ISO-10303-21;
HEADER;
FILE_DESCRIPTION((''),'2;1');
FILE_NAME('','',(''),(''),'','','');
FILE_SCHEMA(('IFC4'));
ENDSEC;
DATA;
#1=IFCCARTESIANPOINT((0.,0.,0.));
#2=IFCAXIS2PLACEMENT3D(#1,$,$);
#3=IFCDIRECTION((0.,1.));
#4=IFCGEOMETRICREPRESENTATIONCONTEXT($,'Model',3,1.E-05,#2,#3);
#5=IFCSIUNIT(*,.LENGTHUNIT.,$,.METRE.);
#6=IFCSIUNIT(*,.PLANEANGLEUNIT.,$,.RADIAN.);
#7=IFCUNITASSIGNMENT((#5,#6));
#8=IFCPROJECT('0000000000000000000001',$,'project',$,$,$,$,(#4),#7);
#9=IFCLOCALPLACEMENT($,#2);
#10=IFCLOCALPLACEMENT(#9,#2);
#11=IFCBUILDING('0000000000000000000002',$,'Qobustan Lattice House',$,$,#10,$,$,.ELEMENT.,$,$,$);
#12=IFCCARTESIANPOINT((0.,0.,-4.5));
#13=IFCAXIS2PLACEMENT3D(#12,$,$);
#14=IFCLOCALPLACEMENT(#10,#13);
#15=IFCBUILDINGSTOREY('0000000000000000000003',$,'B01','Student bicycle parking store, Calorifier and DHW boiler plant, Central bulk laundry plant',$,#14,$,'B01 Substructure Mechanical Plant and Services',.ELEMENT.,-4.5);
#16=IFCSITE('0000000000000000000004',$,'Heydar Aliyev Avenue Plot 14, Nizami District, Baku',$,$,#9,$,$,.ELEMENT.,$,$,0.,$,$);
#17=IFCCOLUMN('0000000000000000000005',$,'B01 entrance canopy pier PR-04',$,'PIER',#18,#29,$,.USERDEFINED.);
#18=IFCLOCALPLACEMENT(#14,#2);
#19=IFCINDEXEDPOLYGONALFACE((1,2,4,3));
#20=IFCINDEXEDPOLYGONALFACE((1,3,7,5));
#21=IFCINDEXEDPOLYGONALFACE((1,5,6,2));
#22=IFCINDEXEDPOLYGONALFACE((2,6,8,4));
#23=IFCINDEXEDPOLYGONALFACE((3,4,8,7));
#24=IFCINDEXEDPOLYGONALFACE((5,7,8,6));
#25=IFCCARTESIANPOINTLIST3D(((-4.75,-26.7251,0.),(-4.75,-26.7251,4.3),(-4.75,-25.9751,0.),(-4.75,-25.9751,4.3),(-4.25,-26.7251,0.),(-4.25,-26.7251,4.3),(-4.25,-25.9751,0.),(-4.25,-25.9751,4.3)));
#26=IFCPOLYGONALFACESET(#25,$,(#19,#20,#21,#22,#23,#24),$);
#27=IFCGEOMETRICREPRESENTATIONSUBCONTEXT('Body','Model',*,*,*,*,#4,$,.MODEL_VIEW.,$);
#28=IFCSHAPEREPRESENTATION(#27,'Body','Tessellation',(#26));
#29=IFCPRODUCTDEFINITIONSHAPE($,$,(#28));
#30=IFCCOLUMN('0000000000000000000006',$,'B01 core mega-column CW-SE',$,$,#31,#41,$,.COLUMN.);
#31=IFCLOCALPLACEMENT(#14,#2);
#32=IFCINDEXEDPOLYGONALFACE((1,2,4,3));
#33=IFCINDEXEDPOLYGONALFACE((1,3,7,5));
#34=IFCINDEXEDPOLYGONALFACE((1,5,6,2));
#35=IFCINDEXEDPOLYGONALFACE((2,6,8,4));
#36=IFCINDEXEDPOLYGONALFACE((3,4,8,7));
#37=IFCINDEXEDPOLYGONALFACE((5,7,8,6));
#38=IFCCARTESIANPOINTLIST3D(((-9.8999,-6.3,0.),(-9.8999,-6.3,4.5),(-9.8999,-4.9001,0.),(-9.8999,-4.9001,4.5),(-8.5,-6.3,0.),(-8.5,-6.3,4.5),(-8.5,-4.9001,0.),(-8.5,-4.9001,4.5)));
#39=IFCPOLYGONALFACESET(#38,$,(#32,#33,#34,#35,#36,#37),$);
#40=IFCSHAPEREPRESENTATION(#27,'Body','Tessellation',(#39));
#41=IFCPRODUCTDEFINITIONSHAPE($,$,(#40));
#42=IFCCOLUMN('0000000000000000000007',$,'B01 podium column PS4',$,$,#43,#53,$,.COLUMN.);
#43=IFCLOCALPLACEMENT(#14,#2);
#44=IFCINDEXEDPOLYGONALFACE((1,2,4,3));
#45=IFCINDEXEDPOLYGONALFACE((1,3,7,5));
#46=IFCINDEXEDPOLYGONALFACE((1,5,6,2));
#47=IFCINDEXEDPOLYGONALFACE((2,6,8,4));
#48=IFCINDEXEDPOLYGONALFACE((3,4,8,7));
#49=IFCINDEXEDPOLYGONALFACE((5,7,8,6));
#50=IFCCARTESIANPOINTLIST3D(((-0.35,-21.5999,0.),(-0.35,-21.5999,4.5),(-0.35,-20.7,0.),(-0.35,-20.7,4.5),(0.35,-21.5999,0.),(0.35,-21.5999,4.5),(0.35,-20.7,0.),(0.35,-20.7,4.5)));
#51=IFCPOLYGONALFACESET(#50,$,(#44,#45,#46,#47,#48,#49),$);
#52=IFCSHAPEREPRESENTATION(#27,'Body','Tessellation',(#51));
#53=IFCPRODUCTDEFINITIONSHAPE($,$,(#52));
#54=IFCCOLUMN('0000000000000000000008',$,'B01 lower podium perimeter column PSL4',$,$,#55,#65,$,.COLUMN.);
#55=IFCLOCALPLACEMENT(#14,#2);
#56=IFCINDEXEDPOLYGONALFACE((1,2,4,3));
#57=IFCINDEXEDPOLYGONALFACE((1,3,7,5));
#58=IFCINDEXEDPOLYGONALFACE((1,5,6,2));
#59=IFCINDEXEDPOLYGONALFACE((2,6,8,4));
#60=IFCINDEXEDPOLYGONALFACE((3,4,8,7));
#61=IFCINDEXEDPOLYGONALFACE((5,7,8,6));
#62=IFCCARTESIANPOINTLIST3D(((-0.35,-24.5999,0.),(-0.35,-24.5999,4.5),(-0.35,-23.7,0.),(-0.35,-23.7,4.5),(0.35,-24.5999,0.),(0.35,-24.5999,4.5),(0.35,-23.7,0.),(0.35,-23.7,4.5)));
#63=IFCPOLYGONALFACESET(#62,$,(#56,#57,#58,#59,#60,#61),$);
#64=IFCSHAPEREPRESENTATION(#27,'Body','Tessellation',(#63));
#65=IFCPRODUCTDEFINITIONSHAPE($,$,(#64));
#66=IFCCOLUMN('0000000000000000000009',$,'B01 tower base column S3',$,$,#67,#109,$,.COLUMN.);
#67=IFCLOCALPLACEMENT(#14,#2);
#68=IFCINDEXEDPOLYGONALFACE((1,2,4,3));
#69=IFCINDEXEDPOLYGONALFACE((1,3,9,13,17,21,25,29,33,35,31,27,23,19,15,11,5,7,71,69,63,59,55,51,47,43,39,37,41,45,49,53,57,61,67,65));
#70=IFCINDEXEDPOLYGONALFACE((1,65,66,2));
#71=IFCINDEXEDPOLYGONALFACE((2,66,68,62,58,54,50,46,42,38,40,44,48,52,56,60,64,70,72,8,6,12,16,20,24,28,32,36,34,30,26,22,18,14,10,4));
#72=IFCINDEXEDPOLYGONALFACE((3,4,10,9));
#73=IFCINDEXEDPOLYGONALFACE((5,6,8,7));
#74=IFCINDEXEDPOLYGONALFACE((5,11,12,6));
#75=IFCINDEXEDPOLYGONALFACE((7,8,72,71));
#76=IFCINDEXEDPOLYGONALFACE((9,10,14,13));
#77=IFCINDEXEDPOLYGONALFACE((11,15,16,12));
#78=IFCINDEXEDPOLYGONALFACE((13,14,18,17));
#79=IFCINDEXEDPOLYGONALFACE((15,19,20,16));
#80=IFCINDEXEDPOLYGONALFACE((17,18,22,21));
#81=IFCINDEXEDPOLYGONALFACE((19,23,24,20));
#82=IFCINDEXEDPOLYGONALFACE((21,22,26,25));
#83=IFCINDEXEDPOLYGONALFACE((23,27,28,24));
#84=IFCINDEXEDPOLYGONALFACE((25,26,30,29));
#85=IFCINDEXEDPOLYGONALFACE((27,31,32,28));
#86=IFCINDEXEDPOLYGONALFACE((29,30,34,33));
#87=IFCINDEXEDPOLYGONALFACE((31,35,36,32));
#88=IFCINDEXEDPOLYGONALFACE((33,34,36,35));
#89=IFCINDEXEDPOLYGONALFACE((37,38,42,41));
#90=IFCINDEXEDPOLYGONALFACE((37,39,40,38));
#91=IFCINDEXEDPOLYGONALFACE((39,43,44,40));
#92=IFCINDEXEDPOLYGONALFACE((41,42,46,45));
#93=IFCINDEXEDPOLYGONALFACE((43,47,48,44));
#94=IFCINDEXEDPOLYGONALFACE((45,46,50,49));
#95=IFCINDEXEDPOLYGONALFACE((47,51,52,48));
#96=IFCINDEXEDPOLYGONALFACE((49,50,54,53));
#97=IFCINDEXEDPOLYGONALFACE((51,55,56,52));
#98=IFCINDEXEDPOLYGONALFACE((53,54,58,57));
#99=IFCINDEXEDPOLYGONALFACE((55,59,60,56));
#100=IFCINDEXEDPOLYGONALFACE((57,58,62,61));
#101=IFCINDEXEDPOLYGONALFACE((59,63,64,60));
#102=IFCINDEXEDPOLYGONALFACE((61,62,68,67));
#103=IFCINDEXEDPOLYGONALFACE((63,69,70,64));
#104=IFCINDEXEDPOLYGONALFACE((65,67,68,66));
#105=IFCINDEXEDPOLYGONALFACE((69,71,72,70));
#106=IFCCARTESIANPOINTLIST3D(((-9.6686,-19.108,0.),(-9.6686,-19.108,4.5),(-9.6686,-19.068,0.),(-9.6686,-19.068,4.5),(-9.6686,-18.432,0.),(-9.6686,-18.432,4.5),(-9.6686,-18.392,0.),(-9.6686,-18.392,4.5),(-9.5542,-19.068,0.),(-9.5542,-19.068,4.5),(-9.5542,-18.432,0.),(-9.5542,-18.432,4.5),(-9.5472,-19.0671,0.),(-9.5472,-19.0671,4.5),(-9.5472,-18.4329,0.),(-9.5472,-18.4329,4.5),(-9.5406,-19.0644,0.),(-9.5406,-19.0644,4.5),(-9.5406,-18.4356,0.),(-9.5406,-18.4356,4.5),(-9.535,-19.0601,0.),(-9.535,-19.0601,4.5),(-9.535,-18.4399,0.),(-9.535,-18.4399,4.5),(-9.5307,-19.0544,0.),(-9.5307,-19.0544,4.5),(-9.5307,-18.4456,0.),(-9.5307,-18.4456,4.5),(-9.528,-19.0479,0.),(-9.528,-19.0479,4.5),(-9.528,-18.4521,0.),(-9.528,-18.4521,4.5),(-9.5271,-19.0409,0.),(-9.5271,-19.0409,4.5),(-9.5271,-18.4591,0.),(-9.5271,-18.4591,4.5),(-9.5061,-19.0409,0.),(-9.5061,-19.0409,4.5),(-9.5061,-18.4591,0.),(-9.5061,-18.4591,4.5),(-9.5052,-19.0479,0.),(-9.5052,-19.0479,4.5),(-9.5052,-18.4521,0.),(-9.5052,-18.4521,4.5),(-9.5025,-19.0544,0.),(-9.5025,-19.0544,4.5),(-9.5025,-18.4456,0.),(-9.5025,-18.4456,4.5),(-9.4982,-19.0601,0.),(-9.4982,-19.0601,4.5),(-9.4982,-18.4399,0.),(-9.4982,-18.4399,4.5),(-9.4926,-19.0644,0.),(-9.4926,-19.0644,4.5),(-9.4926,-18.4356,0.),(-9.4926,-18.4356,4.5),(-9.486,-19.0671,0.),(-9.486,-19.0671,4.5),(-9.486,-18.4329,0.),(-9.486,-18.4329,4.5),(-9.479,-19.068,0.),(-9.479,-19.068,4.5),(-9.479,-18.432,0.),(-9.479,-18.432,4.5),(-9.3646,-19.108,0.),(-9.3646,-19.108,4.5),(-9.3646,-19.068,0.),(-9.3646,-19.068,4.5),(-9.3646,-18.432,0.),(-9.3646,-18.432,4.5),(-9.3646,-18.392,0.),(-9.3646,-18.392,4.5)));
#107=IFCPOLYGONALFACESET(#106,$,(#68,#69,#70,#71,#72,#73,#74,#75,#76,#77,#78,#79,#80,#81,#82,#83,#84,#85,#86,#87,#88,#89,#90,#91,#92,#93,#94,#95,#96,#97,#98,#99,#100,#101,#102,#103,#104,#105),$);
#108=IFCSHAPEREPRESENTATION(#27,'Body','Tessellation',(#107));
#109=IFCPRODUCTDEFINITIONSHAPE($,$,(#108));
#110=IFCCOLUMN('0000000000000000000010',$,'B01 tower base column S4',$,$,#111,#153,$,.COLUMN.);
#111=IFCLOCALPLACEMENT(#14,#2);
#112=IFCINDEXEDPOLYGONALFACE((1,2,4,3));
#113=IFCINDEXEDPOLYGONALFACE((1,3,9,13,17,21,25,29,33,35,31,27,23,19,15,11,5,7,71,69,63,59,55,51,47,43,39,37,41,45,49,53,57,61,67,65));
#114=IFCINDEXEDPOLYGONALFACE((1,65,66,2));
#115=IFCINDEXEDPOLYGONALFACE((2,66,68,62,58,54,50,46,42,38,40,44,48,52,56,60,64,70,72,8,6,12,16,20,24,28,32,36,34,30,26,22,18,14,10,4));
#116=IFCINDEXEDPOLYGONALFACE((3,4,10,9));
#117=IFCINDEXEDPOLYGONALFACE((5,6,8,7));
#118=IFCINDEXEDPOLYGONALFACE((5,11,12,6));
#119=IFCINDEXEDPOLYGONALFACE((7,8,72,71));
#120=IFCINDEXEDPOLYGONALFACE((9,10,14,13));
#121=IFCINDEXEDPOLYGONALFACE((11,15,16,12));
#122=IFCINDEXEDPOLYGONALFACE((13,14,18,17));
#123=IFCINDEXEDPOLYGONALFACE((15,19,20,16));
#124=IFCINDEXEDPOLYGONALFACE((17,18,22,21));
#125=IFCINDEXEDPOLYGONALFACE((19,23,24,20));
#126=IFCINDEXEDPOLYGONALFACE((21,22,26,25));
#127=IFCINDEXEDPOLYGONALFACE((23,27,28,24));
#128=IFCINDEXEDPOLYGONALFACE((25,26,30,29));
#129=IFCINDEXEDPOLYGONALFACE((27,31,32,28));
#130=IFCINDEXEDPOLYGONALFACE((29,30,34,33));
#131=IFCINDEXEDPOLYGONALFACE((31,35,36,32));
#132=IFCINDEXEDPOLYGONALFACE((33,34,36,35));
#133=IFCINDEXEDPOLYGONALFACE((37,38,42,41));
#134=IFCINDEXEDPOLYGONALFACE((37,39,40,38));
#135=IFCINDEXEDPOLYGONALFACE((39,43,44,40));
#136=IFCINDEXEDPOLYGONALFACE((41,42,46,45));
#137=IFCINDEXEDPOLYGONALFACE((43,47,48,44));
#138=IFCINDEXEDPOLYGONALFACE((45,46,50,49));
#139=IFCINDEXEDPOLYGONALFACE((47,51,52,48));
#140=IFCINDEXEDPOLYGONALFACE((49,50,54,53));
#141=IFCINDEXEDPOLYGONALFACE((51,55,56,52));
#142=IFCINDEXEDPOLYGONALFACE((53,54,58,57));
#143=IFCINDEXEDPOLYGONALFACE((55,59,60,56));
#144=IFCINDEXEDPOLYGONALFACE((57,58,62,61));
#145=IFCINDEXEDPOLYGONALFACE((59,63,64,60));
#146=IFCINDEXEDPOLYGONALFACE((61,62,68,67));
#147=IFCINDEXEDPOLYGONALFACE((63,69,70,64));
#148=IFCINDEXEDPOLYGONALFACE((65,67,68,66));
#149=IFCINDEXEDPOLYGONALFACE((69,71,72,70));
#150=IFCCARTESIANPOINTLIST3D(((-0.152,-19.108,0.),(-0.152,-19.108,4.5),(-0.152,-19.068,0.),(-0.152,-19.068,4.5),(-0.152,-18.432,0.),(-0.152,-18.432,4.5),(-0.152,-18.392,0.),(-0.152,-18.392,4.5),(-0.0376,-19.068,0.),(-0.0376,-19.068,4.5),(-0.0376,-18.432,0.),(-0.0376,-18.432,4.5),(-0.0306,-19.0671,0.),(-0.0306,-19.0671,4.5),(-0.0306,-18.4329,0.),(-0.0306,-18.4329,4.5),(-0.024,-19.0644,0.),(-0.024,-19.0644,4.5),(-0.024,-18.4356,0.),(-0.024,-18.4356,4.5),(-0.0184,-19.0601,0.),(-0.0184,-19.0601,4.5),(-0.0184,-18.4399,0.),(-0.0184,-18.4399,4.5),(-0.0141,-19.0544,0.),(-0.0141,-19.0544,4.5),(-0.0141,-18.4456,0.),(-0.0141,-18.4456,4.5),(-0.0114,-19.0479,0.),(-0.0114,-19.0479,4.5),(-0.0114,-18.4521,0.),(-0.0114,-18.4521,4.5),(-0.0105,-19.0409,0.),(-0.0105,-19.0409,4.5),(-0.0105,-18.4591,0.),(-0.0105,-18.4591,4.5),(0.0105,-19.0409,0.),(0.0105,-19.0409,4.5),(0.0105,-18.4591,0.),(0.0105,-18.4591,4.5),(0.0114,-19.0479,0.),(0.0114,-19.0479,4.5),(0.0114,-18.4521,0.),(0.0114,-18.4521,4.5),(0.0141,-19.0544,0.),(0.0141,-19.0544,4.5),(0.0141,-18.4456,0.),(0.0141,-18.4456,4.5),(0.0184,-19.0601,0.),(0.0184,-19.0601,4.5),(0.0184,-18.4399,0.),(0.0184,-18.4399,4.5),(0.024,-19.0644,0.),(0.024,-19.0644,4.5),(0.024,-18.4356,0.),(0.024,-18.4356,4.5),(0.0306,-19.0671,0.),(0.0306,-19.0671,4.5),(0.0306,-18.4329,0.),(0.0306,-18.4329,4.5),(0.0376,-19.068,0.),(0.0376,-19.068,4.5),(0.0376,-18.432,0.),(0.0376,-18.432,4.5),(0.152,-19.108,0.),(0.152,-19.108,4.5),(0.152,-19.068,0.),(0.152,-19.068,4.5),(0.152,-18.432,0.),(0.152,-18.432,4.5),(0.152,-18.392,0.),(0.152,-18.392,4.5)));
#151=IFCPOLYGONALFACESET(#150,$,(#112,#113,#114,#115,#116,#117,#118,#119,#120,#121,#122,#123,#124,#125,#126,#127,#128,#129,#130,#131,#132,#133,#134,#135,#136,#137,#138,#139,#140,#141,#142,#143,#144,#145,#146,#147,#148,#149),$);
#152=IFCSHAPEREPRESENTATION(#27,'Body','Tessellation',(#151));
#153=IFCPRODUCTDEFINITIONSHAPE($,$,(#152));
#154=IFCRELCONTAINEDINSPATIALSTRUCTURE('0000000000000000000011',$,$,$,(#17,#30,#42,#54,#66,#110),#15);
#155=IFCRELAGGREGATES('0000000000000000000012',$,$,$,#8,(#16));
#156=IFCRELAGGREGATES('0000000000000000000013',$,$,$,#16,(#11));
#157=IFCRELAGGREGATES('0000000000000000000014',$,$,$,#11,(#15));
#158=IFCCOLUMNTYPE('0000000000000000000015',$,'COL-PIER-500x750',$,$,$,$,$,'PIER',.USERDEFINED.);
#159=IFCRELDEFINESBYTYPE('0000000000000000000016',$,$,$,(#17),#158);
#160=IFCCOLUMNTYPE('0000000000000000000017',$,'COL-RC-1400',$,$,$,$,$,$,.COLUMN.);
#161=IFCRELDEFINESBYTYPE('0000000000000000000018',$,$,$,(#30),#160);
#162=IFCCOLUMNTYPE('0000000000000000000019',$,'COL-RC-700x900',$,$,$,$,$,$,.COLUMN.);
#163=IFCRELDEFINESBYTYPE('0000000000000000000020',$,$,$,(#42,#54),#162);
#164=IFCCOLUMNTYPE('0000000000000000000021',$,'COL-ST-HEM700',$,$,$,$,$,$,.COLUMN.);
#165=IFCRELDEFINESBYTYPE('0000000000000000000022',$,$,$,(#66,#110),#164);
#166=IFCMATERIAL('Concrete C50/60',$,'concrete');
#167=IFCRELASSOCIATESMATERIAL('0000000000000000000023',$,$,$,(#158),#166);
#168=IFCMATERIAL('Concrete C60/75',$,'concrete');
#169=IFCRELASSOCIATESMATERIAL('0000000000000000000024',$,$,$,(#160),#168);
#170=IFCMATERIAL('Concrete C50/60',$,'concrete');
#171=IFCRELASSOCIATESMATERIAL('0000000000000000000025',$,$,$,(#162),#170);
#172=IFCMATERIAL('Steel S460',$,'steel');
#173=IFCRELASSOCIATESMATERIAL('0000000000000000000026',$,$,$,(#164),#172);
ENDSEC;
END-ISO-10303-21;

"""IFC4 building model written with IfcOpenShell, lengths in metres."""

from ifc_helpers import new_model, si_unit, direction, frame, origin, origin_2d, place, context, subcontext, project, spatial, rectangle, i_section, extrude, material, material_profile, profile_set, type_object, element, save


model = new_model("IFC4")

# Units and contexts
model_context = context("Model", 3, precision=1e-05, world=origin(), true_north=direction((0.0, 1.0)))
body_context = subcontext(model_context, "Body", "Model", "MODEL_VIEW")
ifc_project = project(units=[si_unit("LENGTHUNIT", "METRE"), si_unit("PLANEANGLEUNIT", "RADIAN")], contexts=[model_context])

# Site, building, storey
site_placement = place(None, origin())
site = spatial("IfcSite", under=ifc_project, at=site_placement, Name="Heydar Aliyev Avenue Plot 14, Nizami District, Baku", CompositionType="ELEMENT", RefElevation=0.0)
building_placement = place(site_placement, origin())
building = spatial("IfcBuilding", under=site, at=building_placement, Name="Qobustan Lattice House", CompositionType="ELEMENT")
storey_placement = place(building_placement, frame((0.0, 0.0, -4.5)))
storey = spatial("IfcBuildingStorey", under=building, at=storey_placement, Name="B01", Description="Student bicycle parking store, Calorifier and DHW boiler plant, Central bulk laundry plant", LongName="B01 Substructure Mechanical Plant and Services", CompositionType="ELEMENT", Elevation=-4.5)

# Columns
ifc_material_1 = material(Name="Concrete C50/60", Category="concrete")
ifc_material_profile_1 = material_profile(ifc_material_1, rectangle(XDim=0.5, YDim=0.75, at=origin_2d()), Name="RC500x750")
ifc_profile_set_1 = profile_set([ifc_material_profile_1], Name="Concrete C50/60")
column_type_1 = type_object("IfcColumnType", Name="COL-PIER-500x750", ElementType="PIER", PredefinedType="USERDEFINED", material=ifc_profile_set_1)
column_1_placement = place(storey_placement, frame((-4.5, -26.3501, 0.0), z_axis=(0.0, 0.0, 1.0), x_axis=(1.0, 0.0, 0.0)))
element("IfcColumn", 1, at=column_1_placement, inside=storey, type_object=column_type_1, Name="B01 entrance canopy pier PR-04", ObjectType="PIER", PredefinedType="USERDEFINED", context=body_context, shape_type="SweptSolid", body=[
    extrude(rectangle(XDim=0.5, YDim=0.75, at=origin_2d()), origin(), (0.0, 0.0, 1.0), 4.3),
])
ifc_material_2 = material(Name="Concrete C60/75", Category="concrete")
ifc_material_profile_2 = material_profile(ifc_material_2, rectangle(XDim=1.3999, YDim=1.3999, at=origin_2d()), Name="RC1400x1400")
ifc_profile_set_2 = profile_set([ifc_material_profile_2], Name="Concrete C60/75")
column_type_2 = type_object("IfcColumnType", Name="COL-RC-1400", PredefinedType="COLUMN", material=ifc_profile_set_2)
column_2_placement = place(storey_placement, frame((-9.2, -5.6001, 0.0), z_axis=(0.0, 0.0, 1.0), x_axis=(1.0, 0.0, 0.0)))
element("IfcColumn", 2, at=column_2_placement, inside=storey, type_object=column_type_2, Name="B01 core mega-column CW-SE", PredefinedType="COLUMN", context=body_context, shape_type="SweptSolid", body=[
    extrude(rectangle(XDim=1.3999, YDim=1.3999, at=origin_2d()), origin(), (0.0, 0.0, 1.0), 4.5),
])
ifc_material_3 = material(Name="Concrete C50/60", Category="concrete")
ifc_material_profile_3 = material_profile(ifc_material_3, rectangle(XDim=0.7, YDim=0.8999, at=origin_2d()), Name="RC700x900")
ifc_profile_set_3 = profile_set([ifc_material_profile_3], Name="Concrete C50/60")
column_type_3 = type_object("IfcColumnType", Name="COL-RC-700x900", PredefinedType="COLUMN", material=ifc_profile_set_3)
for number, where, z_axis, x_axis, name in (
    (3, (0.0, -21.1499, 0.0), (0.0, 0.0, 1.0), (1.0, 0.0, 0.0), "B01 podium column PS4"),
    (4, (0.0, -24.1499, 0.0), (0.0, 0.0, 1.0), (1.0, 0.0, 0.0), "B01 lower podium perimeter column PSL4"),
):
    element("IfcColumn", number, at=place(storey_placement, frame(where, z_axis=z_axis, x_axis=x_axis)), inside=storey, type_object=column_type_3, Name=name, PredefinedType="COLUMN", context=body_context, shape_type="SweptSolid", body=[
        extrude(rectangle(XDim=0.7, YDim=0.8999, at=origin_2d()), origin(), (0.0, 0.0, 1.0), 4.5),
    ])
ifc_material_4 = material(Name="Steel S460", Category="steel")
ifc_material_profile_4 = material_profile(ifc_material_4, i_section(OverallWidth=0.304, OverallDepth=0.7161, WebThickness=0.021, FlangeThickness=0.04, FilletRadius=0.0271, at=origin_2d()), Name="HEM700")
ifc_profile_set_4 = profile_set([ifc_material_profile_4], Name="Steel S460")
column_type_4 = type_object("IfcColumnType", Name="COL-ST-HEM700", PredefinedType="COLUMN", material=ifc_profile_set_4)
for number, where, z_axis, x_axis, name in (
    (5, (-9.5166, -18.75, 0.0), (0.0, 0.0, 1.0), (1.0, 0.0, 0.0), "B01 tower base column S3"),
    (6, (0.0, -18.75, 0.0), (0.0, 0.0, 1.0), (1.0, 0.0, 0.0), "B01 tower base column S4"),
):
    element("IfcColumn", number, at=place(storey_placement, frame(where, z_axis=z_axis, x_axis=x_axis)), inside=storey, type_object=column_type_4, Name=name, PredefinedType="COLUMN", context=body_context, shape_type="SweptSolid", body=[
        extrude(i_section(OverallWidth=0.304, OverallDepth=0.7161, WebThickness=0.021, FlangeThickness=0.04, FilletRadius=0.0271, at=origin_2d()), origin(), (0.0, 0.0, 1.0), 4.5),
    ])

save(model, "model.ifc")
